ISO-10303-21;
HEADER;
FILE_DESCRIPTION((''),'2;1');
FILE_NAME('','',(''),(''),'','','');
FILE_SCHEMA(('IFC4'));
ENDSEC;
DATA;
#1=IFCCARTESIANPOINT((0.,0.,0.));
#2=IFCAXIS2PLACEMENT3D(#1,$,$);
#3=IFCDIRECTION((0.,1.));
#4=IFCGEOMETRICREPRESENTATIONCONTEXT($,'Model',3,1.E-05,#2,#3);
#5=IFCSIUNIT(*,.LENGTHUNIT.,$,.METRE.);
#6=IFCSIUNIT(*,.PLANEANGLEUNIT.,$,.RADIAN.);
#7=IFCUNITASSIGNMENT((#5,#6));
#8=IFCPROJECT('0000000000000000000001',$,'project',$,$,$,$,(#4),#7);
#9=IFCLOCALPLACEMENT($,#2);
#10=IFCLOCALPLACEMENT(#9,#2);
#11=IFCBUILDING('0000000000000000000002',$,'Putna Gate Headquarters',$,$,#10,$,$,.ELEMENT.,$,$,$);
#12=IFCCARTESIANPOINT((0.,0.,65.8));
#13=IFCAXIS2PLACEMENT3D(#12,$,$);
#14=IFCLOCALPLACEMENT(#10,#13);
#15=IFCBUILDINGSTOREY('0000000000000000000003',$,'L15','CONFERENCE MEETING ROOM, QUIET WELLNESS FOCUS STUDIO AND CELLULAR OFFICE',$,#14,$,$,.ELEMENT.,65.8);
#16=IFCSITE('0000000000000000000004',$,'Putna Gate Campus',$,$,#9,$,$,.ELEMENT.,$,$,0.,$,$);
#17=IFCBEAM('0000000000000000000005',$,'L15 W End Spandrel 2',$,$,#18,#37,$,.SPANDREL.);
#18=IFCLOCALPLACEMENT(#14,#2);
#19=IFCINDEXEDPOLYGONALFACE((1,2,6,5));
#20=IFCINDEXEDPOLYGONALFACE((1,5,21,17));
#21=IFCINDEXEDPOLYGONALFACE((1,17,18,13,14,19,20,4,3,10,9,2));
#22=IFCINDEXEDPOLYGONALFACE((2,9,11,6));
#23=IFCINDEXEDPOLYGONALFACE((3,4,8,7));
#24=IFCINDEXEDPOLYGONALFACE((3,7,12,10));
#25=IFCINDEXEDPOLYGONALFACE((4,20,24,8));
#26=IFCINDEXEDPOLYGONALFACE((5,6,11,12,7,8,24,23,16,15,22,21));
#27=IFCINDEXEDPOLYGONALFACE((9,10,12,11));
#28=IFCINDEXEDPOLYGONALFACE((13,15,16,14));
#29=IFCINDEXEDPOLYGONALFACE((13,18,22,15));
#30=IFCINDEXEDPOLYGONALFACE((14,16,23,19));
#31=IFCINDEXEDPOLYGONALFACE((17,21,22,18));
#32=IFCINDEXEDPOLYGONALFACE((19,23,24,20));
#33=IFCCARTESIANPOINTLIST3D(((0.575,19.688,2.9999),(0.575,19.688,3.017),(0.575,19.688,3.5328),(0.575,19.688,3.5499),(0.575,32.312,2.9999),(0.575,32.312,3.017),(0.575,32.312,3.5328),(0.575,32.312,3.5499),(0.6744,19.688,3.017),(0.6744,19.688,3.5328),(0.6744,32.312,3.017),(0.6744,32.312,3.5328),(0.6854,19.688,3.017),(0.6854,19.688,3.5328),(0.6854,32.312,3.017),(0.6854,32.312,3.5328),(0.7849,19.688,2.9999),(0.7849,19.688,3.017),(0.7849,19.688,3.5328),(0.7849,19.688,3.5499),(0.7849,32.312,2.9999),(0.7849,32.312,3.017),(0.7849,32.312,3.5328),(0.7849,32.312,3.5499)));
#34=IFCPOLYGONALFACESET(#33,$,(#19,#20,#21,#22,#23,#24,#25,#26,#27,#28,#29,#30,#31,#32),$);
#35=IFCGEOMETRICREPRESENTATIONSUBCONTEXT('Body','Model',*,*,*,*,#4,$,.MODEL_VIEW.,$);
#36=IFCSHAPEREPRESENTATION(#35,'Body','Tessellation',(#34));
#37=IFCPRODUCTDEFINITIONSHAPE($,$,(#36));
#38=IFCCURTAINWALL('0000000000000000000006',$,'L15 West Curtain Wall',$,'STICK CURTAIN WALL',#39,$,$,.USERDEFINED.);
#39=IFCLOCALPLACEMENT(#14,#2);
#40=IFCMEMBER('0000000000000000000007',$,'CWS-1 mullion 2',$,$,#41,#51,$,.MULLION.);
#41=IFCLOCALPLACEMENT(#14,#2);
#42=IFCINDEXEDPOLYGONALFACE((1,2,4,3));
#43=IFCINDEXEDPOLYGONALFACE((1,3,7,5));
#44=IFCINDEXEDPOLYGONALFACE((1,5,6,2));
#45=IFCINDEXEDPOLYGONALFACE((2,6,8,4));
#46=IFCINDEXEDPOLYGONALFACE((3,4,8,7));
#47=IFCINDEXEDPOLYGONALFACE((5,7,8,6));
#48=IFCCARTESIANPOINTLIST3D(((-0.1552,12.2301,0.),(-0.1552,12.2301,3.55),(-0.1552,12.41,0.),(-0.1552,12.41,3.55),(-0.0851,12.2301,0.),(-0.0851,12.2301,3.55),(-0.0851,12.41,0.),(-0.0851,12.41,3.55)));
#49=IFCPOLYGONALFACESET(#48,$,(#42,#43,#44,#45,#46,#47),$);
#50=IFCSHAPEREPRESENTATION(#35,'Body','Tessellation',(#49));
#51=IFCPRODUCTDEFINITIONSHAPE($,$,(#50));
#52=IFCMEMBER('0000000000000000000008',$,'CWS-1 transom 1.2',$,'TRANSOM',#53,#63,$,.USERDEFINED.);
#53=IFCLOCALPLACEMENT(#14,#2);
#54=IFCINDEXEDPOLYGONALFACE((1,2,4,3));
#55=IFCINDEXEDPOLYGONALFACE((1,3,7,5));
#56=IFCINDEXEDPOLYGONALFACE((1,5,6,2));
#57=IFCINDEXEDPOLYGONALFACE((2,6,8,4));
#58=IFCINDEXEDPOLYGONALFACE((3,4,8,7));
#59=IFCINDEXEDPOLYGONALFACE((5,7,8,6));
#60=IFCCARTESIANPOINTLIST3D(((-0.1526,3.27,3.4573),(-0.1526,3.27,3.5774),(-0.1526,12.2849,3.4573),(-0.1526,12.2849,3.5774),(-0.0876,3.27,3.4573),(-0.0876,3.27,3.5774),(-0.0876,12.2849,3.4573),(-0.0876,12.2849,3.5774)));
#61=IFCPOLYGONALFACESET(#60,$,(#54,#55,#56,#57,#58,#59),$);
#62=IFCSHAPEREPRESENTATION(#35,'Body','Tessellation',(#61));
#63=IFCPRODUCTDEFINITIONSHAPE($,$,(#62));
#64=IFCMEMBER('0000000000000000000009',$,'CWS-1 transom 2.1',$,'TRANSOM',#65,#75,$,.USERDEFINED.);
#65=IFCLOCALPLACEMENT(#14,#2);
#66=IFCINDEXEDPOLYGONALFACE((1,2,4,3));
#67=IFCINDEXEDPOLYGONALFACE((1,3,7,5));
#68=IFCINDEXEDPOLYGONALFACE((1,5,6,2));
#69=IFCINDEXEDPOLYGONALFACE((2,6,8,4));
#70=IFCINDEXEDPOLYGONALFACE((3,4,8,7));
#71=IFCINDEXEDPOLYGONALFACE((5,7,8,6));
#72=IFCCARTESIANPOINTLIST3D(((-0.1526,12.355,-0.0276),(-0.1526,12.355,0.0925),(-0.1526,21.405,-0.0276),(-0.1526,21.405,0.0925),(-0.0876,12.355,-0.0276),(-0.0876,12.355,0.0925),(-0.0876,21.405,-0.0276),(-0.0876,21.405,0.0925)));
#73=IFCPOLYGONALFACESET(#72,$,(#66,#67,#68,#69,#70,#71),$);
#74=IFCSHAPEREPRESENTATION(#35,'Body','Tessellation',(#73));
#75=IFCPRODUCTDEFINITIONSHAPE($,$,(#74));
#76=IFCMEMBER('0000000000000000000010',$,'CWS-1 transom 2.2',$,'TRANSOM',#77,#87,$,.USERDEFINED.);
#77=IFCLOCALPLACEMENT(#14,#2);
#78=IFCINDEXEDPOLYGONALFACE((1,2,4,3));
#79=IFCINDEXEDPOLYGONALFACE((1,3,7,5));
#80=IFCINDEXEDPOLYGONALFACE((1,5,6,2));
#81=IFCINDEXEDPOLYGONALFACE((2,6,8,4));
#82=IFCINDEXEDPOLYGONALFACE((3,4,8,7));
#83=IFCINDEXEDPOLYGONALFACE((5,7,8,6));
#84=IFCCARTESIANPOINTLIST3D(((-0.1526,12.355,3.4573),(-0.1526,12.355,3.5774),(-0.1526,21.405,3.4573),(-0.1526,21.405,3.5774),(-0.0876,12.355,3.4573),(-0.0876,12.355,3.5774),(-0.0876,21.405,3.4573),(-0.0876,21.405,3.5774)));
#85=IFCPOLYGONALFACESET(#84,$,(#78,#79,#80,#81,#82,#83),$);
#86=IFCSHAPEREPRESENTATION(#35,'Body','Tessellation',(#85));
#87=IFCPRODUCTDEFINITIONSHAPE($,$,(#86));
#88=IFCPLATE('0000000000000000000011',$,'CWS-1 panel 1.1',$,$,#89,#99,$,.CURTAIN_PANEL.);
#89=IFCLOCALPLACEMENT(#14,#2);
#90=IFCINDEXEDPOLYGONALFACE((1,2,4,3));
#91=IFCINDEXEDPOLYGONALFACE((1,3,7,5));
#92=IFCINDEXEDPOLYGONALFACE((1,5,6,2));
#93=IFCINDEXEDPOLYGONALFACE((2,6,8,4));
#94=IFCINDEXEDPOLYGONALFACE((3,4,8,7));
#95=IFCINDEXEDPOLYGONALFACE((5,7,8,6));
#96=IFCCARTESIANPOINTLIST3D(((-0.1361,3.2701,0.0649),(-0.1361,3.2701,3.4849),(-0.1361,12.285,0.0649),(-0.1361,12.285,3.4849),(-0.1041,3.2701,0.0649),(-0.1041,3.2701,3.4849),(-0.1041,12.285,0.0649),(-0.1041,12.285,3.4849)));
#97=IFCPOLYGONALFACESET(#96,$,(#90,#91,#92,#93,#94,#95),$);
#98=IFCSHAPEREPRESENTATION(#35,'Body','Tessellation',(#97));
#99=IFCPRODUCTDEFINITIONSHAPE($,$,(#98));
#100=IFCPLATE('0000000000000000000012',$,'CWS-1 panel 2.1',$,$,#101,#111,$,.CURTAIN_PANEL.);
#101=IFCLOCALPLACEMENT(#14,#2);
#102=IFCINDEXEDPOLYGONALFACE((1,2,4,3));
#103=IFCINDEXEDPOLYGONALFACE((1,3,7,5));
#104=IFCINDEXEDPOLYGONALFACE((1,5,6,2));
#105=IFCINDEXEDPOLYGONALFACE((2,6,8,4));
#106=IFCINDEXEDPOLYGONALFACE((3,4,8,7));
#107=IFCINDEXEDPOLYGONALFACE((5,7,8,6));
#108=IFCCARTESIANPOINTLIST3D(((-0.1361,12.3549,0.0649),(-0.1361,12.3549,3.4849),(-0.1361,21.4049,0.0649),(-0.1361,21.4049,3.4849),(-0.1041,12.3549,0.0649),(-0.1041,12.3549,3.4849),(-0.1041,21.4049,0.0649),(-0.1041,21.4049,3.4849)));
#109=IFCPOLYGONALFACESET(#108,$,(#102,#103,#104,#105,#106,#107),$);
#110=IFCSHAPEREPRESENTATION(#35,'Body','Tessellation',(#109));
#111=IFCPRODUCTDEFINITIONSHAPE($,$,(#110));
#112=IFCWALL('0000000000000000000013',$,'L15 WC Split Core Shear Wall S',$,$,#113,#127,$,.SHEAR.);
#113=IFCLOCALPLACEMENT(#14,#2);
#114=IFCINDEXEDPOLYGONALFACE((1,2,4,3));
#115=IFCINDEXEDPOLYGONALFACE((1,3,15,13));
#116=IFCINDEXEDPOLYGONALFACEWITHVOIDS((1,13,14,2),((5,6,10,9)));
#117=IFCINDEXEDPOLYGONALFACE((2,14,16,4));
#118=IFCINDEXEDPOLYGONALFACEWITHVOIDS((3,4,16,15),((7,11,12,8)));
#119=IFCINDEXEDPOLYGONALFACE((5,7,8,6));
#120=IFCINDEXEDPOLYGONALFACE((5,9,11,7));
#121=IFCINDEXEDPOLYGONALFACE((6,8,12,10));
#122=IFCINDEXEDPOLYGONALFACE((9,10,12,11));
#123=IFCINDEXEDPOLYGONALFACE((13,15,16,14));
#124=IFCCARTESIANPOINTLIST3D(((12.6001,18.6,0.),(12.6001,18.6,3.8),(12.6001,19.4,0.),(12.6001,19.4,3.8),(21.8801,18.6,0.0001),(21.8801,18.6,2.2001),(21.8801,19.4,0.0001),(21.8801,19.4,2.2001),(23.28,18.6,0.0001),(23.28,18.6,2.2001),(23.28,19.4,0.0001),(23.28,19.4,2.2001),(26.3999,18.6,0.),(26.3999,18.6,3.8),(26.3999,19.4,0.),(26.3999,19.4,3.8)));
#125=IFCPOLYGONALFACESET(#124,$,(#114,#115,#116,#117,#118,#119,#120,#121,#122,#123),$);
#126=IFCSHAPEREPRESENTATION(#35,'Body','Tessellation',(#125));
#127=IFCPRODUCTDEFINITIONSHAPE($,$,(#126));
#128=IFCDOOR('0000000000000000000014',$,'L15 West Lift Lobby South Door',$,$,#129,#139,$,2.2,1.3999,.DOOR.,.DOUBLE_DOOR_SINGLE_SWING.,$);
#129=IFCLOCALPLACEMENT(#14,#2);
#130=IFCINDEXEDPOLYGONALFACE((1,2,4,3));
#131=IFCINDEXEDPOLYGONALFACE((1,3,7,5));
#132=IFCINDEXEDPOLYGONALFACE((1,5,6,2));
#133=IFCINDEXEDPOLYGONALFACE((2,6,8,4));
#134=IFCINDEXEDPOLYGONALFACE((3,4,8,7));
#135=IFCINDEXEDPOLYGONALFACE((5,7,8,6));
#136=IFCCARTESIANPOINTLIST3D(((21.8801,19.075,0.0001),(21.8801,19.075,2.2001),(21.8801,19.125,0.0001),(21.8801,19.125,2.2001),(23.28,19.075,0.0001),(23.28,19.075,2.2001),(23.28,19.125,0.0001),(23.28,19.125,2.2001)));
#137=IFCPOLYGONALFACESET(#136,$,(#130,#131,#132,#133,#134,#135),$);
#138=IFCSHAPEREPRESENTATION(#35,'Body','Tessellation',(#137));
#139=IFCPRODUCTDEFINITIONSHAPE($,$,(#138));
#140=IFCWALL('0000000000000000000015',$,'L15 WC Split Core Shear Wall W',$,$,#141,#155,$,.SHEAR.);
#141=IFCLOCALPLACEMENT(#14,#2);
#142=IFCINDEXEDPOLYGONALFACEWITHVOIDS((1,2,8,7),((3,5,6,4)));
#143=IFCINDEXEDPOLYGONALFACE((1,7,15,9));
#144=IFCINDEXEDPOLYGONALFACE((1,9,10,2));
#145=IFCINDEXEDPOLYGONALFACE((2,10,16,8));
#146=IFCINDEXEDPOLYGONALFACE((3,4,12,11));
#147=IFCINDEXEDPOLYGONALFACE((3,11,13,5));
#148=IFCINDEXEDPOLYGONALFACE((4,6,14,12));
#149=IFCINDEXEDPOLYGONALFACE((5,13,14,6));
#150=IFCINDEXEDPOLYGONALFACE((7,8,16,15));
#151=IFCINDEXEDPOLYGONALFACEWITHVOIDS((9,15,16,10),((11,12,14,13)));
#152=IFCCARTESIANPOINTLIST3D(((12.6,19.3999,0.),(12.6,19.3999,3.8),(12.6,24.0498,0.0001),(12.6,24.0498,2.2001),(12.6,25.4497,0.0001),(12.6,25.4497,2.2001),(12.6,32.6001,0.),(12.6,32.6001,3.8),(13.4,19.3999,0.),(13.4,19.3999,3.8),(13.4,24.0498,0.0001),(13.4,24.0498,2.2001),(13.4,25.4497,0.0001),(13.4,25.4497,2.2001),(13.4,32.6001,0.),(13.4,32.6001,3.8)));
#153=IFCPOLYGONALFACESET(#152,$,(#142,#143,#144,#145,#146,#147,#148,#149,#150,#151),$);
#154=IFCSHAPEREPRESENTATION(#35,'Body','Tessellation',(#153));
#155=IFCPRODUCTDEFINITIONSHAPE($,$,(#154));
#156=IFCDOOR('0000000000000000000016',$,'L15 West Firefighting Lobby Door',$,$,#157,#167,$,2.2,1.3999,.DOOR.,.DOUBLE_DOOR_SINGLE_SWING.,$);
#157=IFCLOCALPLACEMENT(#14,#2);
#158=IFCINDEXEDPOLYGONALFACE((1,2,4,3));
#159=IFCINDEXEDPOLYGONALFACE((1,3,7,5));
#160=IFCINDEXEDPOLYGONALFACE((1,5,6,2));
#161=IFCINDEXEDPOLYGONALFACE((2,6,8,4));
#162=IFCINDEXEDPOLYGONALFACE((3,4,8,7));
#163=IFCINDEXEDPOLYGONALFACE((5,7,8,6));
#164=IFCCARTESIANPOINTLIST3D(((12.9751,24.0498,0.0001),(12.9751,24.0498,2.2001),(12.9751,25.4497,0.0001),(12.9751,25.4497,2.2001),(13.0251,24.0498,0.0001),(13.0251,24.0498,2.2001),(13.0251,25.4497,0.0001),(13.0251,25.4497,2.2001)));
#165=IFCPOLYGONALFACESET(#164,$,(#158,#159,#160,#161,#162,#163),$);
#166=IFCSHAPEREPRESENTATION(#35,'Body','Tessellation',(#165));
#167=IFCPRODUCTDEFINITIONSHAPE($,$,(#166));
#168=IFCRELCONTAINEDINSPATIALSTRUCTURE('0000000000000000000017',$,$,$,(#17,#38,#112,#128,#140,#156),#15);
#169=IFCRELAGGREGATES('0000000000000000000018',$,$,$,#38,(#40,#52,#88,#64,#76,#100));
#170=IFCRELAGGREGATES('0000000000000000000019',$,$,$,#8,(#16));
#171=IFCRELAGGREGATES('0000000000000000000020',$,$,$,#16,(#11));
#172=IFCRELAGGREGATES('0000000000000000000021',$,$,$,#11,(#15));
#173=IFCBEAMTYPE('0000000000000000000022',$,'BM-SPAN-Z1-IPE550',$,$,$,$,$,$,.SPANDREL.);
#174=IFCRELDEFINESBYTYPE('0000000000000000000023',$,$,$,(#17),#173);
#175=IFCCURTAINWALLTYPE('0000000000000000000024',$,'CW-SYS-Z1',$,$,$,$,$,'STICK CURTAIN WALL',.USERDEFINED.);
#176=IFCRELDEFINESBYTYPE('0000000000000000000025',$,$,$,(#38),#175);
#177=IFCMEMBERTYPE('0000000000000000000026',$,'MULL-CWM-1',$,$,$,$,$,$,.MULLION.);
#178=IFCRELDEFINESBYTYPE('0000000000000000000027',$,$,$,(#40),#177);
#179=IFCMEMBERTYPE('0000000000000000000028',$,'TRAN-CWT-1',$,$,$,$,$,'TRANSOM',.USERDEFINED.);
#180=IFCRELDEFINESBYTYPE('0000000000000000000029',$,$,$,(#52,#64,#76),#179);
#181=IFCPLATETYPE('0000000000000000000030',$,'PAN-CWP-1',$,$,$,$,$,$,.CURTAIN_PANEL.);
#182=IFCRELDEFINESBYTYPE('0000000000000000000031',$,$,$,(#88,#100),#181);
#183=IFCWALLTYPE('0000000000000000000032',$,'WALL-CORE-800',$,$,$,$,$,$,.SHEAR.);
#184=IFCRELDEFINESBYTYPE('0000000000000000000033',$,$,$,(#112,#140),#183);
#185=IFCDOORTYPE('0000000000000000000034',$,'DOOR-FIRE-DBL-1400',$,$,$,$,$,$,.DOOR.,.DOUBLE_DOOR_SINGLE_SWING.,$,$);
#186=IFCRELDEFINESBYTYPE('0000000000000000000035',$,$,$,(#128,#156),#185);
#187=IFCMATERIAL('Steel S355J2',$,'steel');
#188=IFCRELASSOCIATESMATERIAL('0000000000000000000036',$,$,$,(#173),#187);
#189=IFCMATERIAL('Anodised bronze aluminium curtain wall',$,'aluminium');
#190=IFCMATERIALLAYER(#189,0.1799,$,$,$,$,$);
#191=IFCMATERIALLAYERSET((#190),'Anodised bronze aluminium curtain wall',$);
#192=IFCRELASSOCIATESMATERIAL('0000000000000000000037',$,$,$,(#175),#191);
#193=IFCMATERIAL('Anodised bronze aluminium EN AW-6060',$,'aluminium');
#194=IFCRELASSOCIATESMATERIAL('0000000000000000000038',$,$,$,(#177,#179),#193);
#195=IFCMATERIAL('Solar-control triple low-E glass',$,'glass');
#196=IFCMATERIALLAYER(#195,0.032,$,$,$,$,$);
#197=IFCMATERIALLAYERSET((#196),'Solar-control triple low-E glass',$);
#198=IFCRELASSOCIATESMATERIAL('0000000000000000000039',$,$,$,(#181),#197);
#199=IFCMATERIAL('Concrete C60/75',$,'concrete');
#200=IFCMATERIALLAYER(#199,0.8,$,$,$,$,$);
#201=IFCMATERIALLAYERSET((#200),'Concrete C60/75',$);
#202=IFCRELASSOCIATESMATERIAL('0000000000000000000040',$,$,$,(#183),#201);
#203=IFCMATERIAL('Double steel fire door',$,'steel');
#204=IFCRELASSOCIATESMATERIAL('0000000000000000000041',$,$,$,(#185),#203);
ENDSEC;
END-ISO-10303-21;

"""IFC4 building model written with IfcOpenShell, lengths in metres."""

from ifc_helpers import new_model, si_unit, direction, frame, frame_2d, origin, origin_2d, place, context, subcontext, project, spatial, rectangle, i_section, extrude, material, layer, layer_set, material_profile, profile_set, type_object, element, fill, aggregate, save


model = new_model("IFC4")

# Units and contexts
model_context = context("Model", 3, precision=1e-05, world=origin(), true_north=direction((0.0, 1.0)))
body_context = subcontext(model_context, "Body", "Model", "MODEL_VIEW")
ifc_project = project(units=[si_unit("LENGTHUNIT", "METRE"), si_unit("PLANEANGLEUNIT", "RADIAN")], contexts=[model_context])

# Site, building, storey
site_placement = place(None, origin())
site = spatial("IfcSite", under=ifc_project, at=site_placement, Name="Putna Gate Campus", CompositionType="ELEMENT", RefElevation=0.0)
building_placement = place(site_placement, origin())
building = spatial("IfcBuilding", under=site, at=building_placement, Name="Putna Gate Headquarters", CompositionType="ELEMENT")
storey_placement = place(building_placement, frame((0.0, 0.0, 65.8)))
storey = spatial("IfcBuildingStorey", under=building, at=storey_placement, Name="L15", Description="CONFERENCE MEETING ROOM, QUIET WELLNESS FOCUS STUDIO AND CELLULAR OFFICE", CompositionType="ELEMENT", Elevation=65.8)

# Shared definitions
ifc_material_1 = material(Name="Concrete C60/75", Category="concrete")

# Beam
ifc_material_2 = material(Name="Steel S355J2", Category="steel")
ifc_material_profile_1 = material_profile(ifc_material_2, i_section(OverallWidth=0.21, OverallDepth=0.55, WebThickness=0.011, FlangeThickness=0.0171, at=origin_2d()), Name="Steel S355J2")
ifc_profile_set_1 = profile_set([ifc_material_profile_1], Name="Steel S355J2")
beam_type_1 = type_object("IfcBeamType", Name="BM-SPAN-Z1-IPE550", PredefinedType="SPANDREL", material=ifc_profile_set_1)
beam_1_placement = place(storey_placement, frame((0.6799, 19.688, 3.2749), z_axis=(0.0, 1.0, 0.0), x_axis=(-1.0, 0.0, 0.0)))
element("IfcBeam", 1, at=beam_1_placement, inside=storey, type_object=beam_type_1, Name="L15 W End Spandrel 2", PredefinedType="SPANDREL", context=body_context, shape_type="SweptSolid", body=[
    extrude(i_section(OverallWidth=0.21, OverallDepth=0.55, WebThickness=0.011, FlangeThickness=0.0171, at=origin_2d()), origin(), (0.0, 0.0, 1.0), 12.624),
])

# Curtain wall, members, plates
ifc_material_3 = material(Name="Anodised bronze aluminium curtain wall", Category="aluminium")
ifc_layer_1 = layer(ifc_material_3, 0.1799)
ifc_layer_set_1 = layer_set([ifc_layer_1], Name="Anodised bronze aluminium curtain wall")
curtain_wall_type = type_object("IfcCurtainWallType", Name="CW-SYS-Z1", ElementType="STICK CURTAIN WALL", PredefinedType="USERDEFINED", material=ifc_layer_set_1)
curtain_wall_placement = place(storey_placement, origin())
curtain_wall = element("IfcCurtainWall", 2, at=curtain_wall_placement, inside=storey, type_object=curtain_wall_type, Name="L15 West Curtain Wall", ObjectType="STICK CURTAIN WALL", PredefinedType="USERDEFINED")
ifc_material_4 = material(Name="Anodised bronze aluminium EN AW-6060", Category="aluminium")
ifc_material_profile_2 = material_profile(ifc_material_4, rectangle(XDim=0.0701, YDim=0.1799, at=origin_2d()), Name="Anodised bronze aluminium EN AW-6060")
ifc_profile_set_2 = profile_set([ifc_material_profile_2], Name="Anodised bronze aluminium EN AW-6060")
member_type_1 = type_object("IfcMemberType", Name="MULL-CWM-1", PredefinedType="MULLION", material=ifc_profile_set_2)
member_1_placement = place(storey_placement, frame((-0.1201, 12.3201, 0.0), z_axis=(0.0, 0.0, 1.0), x_axis=(-1.0, 0.0, 0.0)))
member_1 = element("IfcMember", 3, at=member_1_placement, type_object=member_type_1, Name="CWS-1 mullion 2", PredefinedType="MULLION", context=body_context, shape_type="SweptSolid", body=[
    extrude(rectangle(XDim=0.0701, YDim=0.1799, at=origin_2d()), origin(), (0.0, 0.0, 1.0), 3.55),
])
ifc_material_profile_3 = material_profile(ifc_material_4, rectangle(XDim=0.0649, YDim=0.1201, at=origin_2d()), Name="Anodised bronze aluminium EN AW-6060")
ifc_profile_set_3 = profile_set([ifc_material_profile_3], Name="Anodised bronze aluminium EN AW-6060")
member_type_2 = type_object("IfcMemberType", Name="TRAN-CWT-1", ElementType="TRANSOM", PredefinedType="USERDEFINED", material=ifc_profile_set_3)
member_2_placement = place(storey_placement, frame((-0.1201, 3.27, 3.5173), z_axis=(0.0, 1.0, 0.0), x_axis=(-1.0, 0.0, 0.0)))
member_2 = element("IfcMember", 4, at=member_2_placement, type_object=member_type_2, Name="CWS-1 transom 1.2", ObjectType="TRANSOM", PredefinedType="USERDEFINED", context=body_context, shape_type="SweptSolid", body=[
    extrude(rectangle(XDim=0.0649, YDim=0.1201, at=origin_2d()), origin(), (0.0, 0.0, 1.0), 9.0149),
])
member_3_placement = place(storey_placement, frame((-0.1201, 12.355, 0.0325), z_axis=(0.0, 1.0, 0.0), x_axis=(-1.0, 0.0, 0.0)))
member_3 = element("IfcMember", 5, at=member_3_placement, type_object=member_type_2, Name="CWS-1 transom 2.1", ObjectType="TRANSOM", PredefinedType="USERDEFINED", context=body_context, shape_type="SweptSolid", body=[
    extrude(rectangle(XDim=0.0649, YDim=0.1201, at=origin_2d()), origin(), (0.0, 0.0, 1.0), 9.05),
])
member_4_placement = place(storey_placement, frame((-0.1201, 12.355, 3.5173), z_axis=(0.0, 1.0, 0.0), x_axis=(-1.0, 0.0, 0.0)))
member_4 = element("IfcMember", 6, at=member_4_placement, type_object=member_type_2, Name="CWS-1 transom 2.2", ObjectType="TRANSOM", PredefinedType="USERDEFINED", context=body_context, shape_type="SweptSolid", body=[
    extrude(rectangle(XDim=0.0649, YDim=0.1201, at=origin_2d()), origin(), (0.0, 0.0, 1.0), 9.05),
])
ifc_material_5 = material(Name="Solar-control triple low-E glass", Category="glass")
ifc_layer_2 = layer(ifc_material_5, 0.032)
ifc_layer_set_2 = layer_set([ifc_layer_2], Name="Solar-control triple low-E glass")
plate_type = type_object("IfcPlateType", Name="PAN-CWP-1", PredefinedType="CURTAIN_PANEL", material=ifc_layer_set_2)
plate_1_placement = place(storey_placement, frame((-0.1201, 7.7776, 0.0649), z_axis=(0.0, 0.0, 1.0), x_axis=(0.0, 1.0, 0.0)))
plate_1 = element("IfcPlate", 7, at=plate_1_placement, type_object=plate_type, Name="CWS-1 panel 1.1", PredefinedType="CURTAIN_PANEL", context=body_context, shape_type="SweptSolid", body=[
    extrude(rectangle(XDim=9.0149, YDim=0.032, at=origin_2d()), origin(), (0.0, 0.0, 1.0), 3.4199),
])
plate_2_placement = place(storey_placement, frame((-0.1201, 16.8799, 0.0649), z_axis=(0.0, 0.0, 1.0), x_axis=(0.0, 1.0, 0.0)))
plate_2 = element("IfcPlate", 8, at=plate_2_placement, type_object=plate_type, Name="CWS-1 panel 2.1", PredefinedType="CURTAIN_PANEL", context=body_context, shape_type="SweptSolid", body=[
    extrude(rectangle(XDim=9.05, YDim=0.032, at=origin_2d()), origin(), (0.0, 0.0, 1.0), 3.4199),
])
aggregate(curtain_wall, [member_1, member_2, plate_1, member_3, member_4, plate_2])

# Walls, openings, doors
ifc_layer_3 = layer(ifc_material_1, 0.8)
ifc_layer_set_3 = layer_set([ifc_layer_3], Name="Concrete C60/75")
wall_type_1 = type_object("IfcWallType", Name="WALL-CORE-800", PredefinedType="SHEAR", material=ifc_layer_set_3)
wall_1_placement = place(storey_placement, frame((12.6001, 19.0, 0.0), z_axis=(0.0, 0.0, 1.0), x_axis=(1.0, 0.0, 0.0)))
wall_1 = element("IfcWall", 9, at=wall_1_placement, inside=storey, type_object=wall_type_1, Name="L15 WC Split Core Shear Wall S", PredefinedType="SHEAR", context=body_context, shape_type="SweptSolid", body=[
    extrude(rectangle(XDim=13.7998, YDim=0.8, at=frame_2d((6.8999, 0.0))), origin(), (0.0, 0.0, 1.0), 3.8),
])
opening_1_placement = place(wall_1_placement, frame((9.28, 0.0, 0.0)))
opening_1 = element("IfcOpeningElement", 10, at=opening_1_placement, cuts=wall_1, PredefinedType="OPENING", context=body_context, shape_type="SweptSolid", body=[
    extrude(rectangle(XDim=1.3999, YDim=2.2, at=frame_2d((0.7, 1.1001))), frame((0.0, 0.4099, 0.0), z_axis=(0.0, -1.0, 0.0), x_axis=(1.0, 0.0, 0.0)), (0.0, 0.0, 1.0), 0.8201),
])
ifc_material_6 = material(Name="Double steel fire door", Category="steel")
door_type_1 = type_object("IfcDoorType", Name="DOOR-FIRE-DBL-1400", OperationType="DOUBLE_DOOR_SINGLE_SWING", PredefinedType="DOOR", material=ifc_material_6)
door_1_placement = place(opening_1_placement, origin())
door_1 = element("IfcDoor", 11, at=door_1_placement, inside=storey, type_object=door_type_1, Name="L15 West Lift Lobby South Door", OperationType="DOUBLE_DOOR_SINGLE_SWING", OverallHeight=2.2, OverallWidth=1.3999, PredefinedType="DOOR", context=body_context, shape_type="SweptSolid", body=[
    extrude(rectangle(XDim=1.3999, YDim=2.2, at=frame_2d((0.7, 1.1001))), frame((0.0, 0.125, 0.0), z_axis=(0.0, -1.0, 0.0), x_axis=(1.0, 0.0, 0.0)), (0.0, 0.0, 1.0), 0.05),
])
fill(opening_1, door_1)
wall_2_placement = place(storey_placement, frame((13.0, 19.3999, 0.0), z_axis=(0.0, 0.0, 1.0), x_axis=(0.0, 1.0, 0.0)))
wall_2 = element("IfcWall", 12, at=wall_2_placement, inside=storey, type_object=wall_type_1, Name="L15 WC Split Core Shear Wall W", PredefinedType="SHEAR", context=body_context, shape_type="SweptSolid", body=[
    extrude(rectangle(XDim=13.2002, YDim=0.8, at=frame_2d((6.6001, 0.0))), origin(), (0.0, 0.0, 1.0), 3.8),
])
opening_2_placement = place(wall_2_placement, frame((4.6499, 0.0, 0.0)))
opening_2 = element("IfcOpeningElement", 13, at=opening_2_placement, cuts=wall_2, PredefinedType="OPENING", context=body_context, shape_type="SweptSolid", body=[
    extrude(rectangle(XDim=1.3999, YDim=2.2, at=frame_2d((0.7, 1.1001))), frame((0.0, 0.4099, 0.0), z_axis=(0.0, -1.0, 0.0), x_axis=(1.0, 0.0, 0.0)), (0.0, 0.0, 1.0), 0.8201),
])
door_2_placement = place(opening_2_placement, origin())
door_2 = element("IfcDoor", 14, at=door_2_placement, inside=storey, type_object=door_type_1, Name="L15 West Firefighting Lobby Door", OperationType="DOUBLE_DOOR_SINGLE_SWING", OverallHeight=2.2, OverallWidth=1.3999, PredefinedType="DOOR", context=body_context, shape_type="SweptSolid", body=[
    extrude(rectangle(XDim=1.3999, YDim=2.2, at=frame_2d((0.7, 1.1001))), frame((0.0, 0.0249, 0.0), z_axis=(0.0, -1.0, 0.0), x_axis=(1.0, 0.0, 0.0)), (0.0, 0.0, 1.0), 0.05),
])
fill(opening_2, door_2)

save(model, "model.ifc")
